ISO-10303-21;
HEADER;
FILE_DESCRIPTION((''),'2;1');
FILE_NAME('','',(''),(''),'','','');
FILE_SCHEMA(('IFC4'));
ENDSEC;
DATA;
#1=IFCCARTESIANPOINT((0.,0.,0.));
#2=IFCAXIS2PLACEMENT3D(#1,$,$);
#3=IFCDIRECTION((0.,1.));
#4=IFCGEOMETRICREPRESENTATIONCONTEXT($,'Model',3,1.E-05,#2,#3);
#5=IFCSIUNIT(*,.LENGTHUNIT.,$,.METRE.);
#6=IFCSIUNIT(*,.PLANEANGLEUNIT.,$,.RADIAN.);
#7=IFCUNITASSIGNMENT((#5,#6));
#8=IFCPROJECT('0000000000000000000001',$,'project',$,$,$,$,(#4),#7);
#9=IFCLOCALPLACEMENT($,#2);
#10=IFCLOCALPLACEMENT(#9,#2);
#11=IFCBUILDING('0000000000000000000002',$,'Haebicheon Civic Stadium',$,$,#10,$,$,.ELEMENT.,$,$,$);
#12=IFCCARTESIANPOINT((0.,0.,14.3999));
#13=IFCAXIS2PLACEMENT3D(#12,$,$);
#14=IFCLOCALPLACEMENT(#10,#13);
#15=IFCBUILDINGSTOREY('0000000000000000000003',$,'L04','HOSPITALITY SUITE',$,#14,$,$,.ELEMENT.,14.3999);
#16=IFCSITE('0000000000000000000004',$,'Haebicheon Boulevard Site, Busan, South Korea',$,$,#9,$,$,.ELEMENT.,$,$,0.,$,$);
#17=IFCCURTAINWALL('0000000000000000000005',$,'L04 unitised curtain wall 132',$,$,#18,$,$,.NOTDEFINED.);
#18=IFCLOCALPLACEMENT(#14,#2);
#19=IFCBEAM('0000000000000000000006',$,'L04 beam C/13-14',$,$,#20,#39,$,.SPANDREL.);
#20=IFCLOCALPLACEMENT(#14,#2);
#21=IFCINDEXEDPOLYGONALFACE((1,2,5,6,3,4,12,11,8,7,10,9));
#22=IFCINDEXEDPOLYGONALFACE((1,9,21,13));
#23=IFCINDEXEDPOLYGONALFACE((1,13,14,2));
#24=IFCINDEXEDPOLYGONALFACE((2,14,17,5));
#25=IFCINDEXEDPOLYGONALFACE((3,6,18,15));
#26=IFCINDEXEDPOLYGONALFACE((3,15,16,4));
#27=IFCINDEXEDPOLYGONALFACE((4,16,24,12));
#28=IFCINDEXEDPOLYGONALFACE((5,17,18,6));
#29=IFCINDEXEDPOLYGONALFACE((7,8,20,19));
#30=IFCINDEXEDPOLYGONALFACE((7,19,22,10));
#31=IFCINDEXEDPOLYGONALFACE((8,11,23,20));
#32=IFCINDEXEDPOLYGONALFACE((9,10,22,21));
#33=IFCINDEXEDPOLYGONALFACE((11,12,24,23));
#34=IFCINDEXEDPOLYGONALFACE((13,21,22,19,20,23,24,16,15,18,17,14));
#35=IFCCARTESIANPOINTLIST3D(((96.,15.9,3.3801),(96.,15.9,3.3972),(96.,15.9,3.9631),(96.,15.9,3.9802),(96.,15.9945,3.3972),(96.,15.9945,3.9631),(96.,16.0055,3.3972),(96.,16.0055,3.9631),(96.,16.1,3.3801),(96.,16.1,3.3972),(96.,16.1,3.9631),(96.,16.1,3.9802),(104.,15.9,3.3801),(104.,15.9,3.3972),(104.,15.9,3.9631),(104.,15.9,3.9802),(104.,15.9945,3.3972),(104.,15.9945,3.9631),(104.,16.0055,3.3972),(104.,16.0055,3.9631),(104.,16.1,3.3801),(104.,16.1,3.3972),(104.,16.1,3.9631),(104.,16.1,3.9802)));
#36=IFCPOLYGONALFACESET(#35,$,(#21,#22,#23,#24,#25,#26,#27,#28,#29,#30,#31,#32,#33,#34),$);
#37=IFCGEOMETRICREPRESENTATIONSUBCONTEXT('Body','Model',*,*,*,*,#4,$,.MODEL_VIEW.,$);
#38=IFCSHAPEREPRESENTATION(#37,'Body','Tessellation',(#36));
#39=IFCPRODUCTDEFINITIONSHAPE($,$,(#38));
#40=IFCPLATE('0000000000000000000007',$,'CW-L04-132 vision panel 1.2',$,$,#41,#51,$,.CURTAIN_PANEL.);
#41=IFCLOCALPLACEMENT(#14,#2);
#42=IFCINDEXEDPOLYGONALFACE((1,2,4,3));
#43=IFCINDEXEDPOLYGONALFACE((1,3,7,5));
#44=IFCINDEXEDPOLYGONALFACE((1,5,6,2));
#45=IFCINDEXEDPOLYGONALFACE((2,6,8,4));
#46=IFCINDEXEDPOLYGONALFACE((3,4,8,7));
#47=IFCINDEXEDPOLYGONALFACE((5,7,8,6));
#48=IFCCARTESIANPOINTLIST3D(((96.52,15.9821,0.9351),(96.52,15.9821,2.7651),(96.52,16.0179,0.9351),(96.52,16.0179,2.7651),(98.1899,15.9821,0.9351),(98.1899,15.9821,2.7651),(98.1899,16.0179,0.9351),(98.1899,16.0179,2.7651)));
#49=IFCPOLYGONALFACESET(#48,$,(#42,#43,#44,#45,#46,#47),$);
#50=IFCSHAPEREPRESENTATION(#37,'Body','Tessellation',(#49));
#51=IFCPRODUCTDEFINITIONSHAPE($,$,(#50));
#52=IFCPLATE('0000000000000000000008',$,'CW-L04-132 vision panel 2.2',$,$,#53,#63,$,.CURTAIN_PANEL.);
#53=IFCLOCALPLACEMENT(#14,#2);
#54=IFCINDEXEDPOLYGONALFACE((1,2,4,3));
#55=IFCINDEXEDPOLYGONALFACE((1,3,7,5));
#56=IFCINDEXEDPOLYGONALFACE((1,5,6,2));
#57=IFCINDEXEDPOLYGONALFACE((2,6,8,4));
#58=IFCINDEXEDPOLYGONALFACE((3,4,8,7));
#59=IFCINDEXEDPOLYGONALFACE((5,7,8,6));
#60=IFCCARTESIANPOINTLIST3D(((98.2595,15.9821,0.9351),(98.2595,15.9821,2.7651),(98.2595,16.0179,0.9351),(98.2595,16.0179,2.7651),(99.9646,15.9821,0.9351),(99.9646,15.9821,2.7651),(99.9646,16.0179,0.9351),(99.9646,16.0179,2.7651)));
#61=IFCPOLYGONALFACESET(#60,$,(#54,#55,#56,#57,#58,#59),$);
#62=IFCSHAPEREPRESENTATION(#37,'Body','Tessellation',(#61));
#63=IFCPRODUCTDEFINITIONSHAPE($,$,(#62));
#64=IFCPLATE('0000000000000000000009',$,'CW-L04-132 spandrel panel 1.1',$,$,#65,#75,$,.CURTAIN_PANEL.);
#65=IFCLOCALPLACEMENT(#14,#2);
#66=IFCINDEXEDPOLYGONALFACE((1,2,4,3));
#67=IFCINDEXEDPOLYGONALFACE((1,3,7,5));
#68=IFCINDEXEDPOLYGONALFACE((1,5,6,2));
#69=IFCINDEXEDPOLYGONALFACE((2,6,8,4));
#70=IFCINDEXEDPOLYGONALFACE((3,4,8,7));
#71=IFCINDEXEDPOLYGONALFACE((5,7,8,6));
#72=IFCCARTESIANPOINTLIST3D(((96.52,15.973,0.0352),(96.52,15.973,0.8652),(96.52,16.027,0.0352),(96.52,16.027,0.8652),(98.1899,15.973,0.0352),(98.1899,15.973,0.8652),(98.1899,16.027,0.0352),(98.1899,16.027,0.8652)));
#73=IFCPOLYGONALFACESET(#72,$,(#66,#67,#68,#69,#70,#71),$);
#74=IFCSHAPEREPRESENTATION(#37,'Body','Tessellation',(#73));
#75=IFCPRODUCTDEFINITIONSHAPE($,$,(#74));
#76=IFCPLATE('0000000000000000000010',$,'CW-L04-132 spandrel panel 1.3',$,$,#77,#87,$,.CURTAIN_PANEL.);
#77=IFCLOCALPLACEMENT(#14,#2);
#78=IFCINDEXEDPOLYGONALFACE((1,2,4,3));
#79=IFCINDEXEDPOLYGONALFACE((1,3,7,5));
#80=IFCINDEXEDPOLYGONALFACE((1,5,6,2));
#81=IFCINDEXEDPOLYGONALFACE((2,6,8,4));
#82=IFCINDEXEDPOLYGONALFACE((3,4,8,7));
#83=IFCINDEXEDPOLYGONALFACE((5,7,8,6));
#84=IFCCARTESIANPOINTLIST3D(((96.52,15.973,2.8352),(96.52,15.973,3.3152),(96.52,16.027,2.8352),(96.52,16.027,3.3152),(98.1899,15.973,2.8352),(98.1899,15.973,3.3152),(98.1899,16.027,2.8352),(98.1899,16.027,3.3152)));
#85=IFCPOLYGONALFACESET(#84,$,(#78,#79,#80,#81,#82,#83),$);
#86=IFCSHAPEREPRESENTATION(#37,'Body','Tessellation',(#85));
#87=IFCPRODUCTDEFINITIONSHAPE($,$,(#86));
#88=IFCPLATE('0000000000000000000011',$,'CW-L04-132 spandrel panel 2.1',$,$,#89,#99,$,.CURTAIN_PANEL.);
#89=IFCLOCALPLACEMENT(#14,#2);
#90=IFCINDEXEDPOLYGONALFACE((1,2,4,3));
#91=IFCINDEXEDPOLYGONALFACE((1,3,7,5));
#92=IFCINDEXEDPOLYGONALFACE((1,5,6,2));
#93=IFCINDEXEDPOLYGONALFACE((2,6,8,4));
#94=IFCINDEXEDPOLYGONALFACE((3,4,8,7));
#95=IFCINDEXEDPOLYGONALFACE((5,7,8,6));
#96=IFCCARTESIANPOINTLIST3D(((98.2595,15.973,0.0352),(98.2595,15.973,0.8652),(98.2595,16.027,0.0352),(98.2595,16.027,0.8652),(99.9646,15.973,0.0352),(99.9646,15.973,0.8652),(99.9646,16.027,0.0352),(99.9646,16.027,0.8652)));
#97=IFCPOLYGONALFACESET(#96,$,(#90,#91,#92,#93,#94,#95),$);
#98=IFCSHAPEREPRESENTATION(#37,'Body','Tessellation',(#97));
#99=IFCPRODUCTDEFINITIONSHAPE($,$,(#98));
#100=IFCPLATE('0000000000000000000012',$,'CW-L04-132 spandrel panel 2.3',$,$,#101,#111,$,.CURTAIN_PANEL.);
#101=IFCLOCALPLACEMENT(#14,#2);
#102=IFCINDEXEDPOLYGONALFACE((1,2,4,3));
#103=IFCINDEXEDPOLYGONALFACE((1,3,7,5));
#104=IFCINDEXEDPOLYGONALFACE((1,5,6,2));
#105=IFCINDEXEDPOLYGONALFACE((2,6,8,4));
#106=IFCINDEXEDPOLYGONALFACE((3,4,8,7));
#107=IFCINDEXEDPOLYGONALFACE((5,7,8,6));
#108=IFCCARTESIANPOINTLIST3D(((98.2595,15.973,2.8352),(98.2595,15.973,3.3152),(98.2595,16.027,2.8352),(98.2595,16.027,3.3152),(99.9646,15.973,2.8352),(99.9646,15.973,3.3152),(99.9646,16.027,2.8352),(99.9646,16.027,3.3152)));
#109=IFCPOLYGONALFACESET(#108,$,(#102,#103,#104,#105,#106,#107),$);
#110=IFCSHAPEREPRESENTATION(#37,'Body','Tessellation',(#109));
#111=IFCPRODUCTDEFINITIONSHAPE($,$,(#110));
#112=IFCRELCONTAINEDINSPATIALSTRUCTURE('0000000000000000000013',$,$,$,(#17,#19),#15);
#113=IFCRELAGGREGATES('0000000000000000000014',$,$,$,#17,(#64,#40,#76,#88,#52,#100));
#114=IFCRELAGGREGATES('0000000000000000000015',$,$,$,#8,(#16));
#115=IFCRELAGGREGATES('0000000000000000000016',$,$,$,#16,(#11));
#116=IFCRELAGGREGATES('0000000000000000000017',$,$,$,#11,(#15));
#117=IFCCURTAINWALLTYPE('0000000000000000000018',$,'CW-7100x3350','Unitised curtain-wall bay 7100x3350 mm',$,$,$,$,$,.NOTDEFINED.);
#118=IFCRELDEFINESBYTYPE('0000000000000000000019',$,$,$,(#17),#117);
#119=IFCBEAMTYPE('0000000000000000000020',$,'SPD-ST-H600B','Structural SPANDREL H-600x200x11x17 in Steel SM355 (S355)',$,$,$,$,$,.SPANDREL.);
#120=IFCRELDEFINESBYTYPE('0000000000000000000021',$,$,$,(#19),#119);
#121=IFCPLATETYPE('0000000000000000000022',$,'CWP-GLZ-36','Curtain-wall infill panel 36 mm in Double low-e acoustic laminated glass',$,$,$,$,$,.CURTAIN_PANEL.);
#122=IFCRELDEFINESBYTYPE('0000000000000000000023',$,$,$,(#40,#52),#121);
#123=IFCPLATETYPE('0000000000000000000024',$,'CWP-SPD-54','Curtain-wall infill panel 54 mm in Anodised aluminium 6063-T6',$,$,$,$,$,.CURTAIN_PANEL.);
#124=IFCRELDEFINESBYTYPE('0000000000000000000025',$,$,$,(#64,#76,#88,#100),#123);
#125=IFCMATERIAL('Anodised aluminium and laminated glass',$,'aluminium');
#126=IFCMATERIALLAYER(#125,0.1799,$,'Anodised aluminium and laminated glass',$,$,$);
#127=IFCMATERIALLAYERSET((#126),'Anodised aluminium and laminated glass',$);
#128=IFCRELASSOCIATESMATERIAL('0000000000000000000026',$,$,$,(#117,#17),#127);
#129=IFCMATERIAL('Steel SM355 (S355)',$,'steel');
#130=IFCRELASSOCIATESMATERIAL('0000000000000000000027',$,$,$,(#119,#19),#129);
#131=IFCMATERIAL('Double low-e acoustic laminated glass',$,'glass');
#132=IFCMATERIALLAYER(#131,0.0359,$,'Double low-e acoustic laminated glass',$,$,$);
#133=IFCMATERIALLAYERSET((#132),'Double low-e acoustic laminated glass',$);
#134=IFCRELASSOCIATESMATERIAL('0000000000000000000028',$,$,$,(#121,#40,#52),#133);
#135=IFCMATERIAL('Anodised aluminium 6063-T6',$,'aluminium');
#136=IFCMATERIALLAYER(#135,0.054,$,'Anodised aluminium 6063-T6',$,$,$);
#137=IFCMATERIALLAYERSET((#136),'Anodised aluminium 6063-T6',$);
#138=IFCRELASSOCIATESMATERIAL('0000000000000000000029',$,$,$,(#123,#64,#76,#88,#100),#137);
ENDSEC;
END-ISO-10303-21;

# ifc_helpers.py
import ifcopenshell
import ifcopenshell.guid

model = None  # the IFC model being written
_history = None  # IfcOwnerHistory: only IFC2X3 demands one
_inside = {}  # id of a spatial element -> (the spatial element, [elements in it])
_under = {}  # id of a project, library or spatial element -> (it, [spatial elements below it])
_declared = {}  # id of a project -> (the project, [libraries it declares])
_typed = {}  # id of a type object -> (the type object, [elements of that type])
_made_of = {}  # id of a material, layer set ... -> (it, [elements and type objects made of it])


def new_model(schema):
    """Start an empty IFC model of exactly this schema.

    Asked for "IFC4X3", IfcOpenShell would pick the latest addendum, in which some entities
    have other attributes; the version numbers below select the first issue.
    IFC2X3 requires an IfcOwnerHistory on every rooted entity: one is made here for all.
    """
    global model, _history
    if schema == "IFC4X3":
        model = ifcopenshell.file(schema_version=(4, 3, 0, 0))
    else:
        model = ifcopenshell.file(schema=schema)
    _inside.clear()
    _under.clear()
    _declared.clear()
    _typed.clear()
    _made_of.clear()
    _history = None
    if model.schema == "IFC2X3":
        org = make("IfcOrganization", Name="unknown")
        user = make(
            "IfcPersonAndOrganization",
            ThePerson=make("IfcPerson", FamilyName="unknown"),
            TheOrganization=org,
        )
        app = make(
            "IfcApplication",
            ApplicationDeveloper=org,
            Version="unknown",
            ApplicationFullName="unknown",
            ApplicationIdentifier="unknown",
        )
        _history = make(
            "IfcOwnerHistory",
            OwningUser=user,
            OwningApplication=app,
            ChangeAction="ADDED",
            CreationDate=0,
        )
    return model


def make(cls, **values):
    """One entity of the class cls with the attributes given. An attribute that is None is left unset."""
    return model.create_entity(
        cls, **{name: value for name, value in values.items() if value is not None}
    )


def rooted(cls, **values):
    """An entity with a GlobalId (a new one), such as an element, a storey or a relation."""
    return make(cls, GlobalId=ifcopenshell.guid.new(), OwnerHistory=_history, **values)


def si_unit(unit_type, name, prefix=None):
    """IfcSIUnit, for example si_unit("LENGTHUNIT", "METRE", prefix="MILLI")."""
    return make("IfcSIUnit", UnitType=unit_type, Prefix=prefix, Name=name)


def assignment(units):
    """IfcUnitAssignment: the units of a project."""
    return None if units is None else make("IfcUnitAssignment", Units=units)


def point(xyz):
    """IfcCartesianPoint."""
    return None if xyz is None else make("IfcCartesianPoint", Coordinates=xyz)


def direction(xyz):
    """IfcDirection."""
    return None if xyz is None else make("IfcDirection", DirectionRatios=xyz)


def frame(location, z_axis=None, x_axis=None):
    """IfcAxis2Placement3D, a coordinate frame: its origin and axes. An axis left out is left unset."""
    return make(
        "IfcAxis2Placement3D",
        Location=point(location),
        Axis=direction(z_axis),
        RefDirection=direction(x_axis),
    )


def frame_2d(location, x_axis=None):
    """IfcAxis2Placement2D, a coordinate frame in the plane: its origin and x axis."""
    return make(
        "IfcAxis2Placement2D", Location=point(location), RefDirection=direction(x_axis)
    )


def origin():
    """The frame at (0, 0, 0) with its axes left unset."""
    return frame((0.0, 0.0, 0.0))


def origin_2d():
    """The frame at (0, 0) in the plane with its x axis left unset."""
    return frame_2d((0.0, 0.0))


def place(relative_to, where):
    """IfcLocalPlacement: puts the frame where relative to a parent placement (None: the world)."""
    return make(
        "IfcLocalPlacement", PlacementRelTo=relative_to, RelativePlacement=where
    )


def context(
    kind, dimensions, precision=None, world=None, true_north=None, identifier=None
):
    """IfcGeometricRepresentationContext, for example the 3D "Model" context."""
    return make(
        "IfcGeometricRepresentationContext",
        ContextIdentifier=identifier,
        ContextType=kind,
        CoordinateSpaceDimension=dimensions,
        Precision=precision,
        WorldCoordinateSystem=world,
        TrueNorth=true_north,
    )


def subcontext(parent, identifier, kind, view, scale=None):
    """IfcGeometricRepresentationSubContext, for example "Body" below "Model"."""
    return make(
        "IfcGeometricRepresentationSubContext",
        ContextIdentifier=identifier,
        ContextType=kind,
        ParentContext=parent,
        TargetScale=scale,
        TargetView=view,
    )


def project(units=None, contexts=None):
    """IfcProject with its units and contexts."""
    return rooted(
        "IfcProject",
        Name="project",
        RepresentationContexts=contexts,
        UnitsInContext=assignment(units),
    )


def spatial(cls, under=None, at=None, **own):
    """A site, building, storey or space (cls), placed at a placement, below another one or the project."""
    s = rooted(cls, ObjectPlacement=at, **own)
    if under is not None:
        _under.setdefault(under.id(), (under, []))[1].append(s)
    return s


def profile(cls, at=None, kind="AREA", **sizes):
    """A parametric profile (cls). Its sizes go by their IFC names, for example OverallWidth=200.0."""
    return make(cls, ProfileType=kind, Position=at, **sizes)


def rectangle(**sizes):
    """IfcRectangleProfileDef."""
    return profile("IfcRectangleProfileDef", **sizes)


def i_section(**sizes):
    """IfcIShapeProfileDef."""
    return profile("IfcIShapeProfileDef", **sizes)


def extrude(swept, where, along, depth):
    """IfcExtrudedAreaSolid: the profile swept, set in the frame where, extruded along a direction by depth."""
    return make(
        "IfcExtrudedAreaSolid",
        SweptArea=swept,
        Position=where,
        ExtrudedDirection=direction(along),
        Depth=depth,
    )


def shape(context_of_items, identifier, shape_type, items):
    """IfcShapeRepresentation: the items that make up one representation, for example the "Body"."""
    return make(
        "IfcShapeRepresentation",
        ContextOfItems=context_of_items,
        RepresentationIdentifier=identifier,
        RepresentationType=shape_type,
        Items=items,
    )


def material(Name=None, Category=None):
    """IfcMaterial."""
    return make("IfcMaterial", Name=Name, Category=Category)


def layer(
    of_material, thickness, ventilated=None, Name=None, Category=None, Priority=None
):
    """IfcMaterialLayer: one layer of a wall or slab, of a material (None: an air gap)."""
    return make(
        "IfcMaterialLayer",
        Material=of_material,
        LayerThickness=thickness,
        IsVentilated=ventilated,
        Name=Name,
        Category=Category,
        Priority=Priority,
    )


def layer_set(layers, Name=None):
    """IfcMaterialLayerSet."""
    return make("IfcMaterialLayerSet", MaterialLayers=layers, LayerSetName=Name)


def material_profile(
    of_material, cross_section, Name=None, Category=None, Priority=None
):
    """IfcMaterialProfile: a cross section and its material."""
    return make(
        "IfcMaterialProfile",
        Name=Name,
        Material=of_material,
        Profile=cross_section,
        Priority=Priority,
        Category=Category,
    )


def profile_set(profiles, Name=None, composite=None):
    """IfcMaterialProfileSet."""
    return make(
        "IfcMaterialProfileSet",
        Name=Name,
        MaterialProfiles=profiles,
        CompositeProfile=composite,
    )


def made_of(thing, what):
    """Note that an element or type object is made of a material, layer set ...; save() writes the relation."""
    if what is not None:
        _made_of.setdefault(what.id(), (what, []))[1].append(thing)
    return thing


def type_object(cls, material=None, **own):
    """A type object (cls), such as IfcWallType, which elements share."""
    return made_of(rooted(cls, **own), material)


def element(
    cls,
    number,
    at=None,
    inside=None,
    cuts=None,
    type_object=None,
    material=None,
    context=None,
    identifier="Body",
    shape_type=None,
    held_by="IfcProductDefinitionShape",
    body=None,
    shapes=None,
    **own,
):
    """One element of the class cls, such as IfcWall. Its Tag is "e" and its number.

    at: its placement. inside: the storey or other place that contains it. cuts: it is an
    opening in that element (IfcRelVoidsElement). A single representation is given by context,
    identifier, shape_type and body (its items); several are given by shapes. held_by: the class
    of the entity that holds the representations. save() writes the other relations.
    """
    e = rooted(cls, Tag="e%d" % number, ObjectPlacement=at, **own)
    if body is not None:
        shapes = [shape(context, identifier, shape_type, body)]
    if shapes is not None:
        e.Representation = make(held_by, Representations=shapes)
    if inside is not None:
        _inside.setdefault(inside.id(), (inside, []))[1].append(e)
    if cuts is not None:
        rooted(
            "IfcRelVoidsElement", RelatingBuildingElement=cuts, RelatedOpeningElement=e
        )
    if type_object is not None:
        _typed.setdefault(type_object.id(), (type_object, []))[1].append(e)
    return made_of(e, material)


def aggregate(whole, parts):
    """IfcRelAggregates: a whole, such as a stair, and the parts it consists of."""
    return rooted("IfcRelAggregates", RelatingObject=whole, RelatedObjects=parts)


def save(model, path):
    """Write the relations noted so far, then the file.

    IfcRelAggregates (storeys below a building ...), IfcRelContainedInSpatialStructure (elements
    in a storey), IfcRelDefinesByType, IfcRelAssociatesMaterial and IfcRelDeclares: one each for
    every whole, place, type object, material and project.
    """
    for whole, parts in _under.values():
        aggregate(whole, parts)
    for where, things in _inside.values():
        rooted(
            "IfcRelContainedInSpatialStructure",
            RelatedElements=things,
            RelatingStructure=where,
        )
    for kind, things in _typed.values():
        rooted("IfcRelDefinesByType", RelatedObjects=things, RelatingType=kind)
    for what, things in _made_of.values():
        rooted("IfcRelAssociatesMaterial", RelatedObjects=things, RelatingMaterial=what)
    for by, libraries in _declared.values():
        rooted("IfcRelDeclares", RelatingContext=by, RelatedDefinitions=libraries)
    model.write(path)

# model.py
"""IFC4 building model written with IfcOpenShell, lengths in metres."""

from ifc_helpers import new_model, si_unit, direction, frame, origin, origin_2d, place, context, subcontext, project, spatial, rectangle, i_section, extrude, material, layer, layer_set, material_profile, profile_set, type_object, element, aggregate, save


model = new_model("IFC4")

# Units and contexts
model_context = context("Model", 3, precision=1e-05, world=origin(), true_north=direction((0.0, 1.0)))
body_context = subcontext(model_context, "Body", "Model", "MODEL_VIEW")
ifc_project = project(units=[si_unit("LENGTHUNIT", "METRE"), si_unit("PLANEANGLEUNIT", "RADIAN")], contexts=[model_context])

# Site, building, storey
site_placement = place(None, origin())
site = spatial("IfcSite", under=ifc_project, at=site_placement, Name="Haebicheon Boulevard Site, Busan, South Korea", CompositionType="ELEMENT", RefElevation=0.0)
building_placement = place(site_placement, origin())
building = spatial("IfcBuilding", under=site, at=building_placement, Name="Haebicheon Civic Stadium", CompositionType="ELEMENT")
storey_placement = place(building_placement, frame((0.0, 0.0, 14.3999)))
storey = spatial("IfcBuildingStorey", under=building, at=storey_placement, Name="L04", Description="HOSPITALITY SUITE", CompositionType="ELEMENT", Elevation=14.3999)

# Curtain wall
ifc_material_1 = material(Name="Anodised aluminium and laminated glass", Category="aluminium")
ifc_layer_1 = layer(ifc_material_1, 0.1799, Name="Anodised aluminium and laminated glass")
ifc_layer_set_1 = layer_set([ifc_layer_1], Name="Anodised aluminium and laminated glass")
curtain_wall_type = type_object("IfcCurtainWallType", Name="CW-7100x3350", Description="Unitised curtain-wall bay 7100x3350 mm", PredefinedType="NOTDEFINED", material=ifc_layer_set_1)
curtain_wall_placement = place(storey_placement, origin())
curtain_wall = element("IfcCurtainWall", 1, at=curtain_wall_placement, inside=storey, type_object=curtain_wall_type, material=ifc_layer_set_1, Name="L04 unitised curtain wall 132", PredefinedType="NOTDEFINED")

# Beam
ifc_material_2 = material(Name="Steel SM355 (S355)", Category="steel")
ifc_material_profile_1 = material_profile(ifc_material_2, i_section(OverallWidth=0.2, OverallDepth=0.6001, WebThickness=0.011, FlangeThickness=0.0171, at=origin_2d()), Name="H-600x200x11x17")
ifc_profile_set_1 = profile_set([ifc_material_profile_1], Name="Steel SM355 (S355)")
beam_type_1 = type_object("IfcBeamType", Name="SPD-ST-H600B", Description="Structural SPANDREL H-600x200x11x17 in Steel SM355 (S355)", PredefinedType="SPANDREL", material=ifc_profile_set_1)
beam_1_placement = place(storey_placement, frame((96.0, 16.0, 3.6802), z_axis=(1.0, 0.0, 0.0), x_axis=(0.0, 1.0, 0.0)))
element("IfcBeam", 2, at=beam_1_placement, inside=storey, type_object=beam_type_1, material=ifc_profile_set_1, Name="L04 beam C/13-14", PredefinedType="SPANDREL", context=body_context, shape_type="SweptSolid", body=[
    extrude(i_section(OverallWidth=0.2, OverallDepth=0.6001, WebThickness=0.011, FlangeThickness=0.0171, at=origin_2d()), origin(), (0.0, 0.0, 1.0), 8.0),
])

# Plates
ifc_material_3 = material(Name="Double low-e acoustic laminated glass", Category="glass")
ifc_layer_2 = layer(ifc_material_3, 0.0359, Name="Double low-e acoustic laminated glass")
ifc_layer_set_2 = layer_set([ifc_layer_2], Name="Double low-e acoustic laminated glass")
plate_type_1 = type_object("IfcPlateType", Name="CWP-GLZ-36", Description="Curtain-wall infill panel 36 mm in Double low-e acoustic laminated glass", PredefinedType="CURTAIN_PANEL", material=ifc_layer_set_2)
plate_1_placement = place(storey_placement, frame((97.355, 16.0, 0.9351), z_axis=(0.0, 0.0, 1.0), x_axis=(1.0, 0.0, 0.0)))
plate_1 = element("IfcPlate", 3, at=plate_1_placement, type_object=plate_type_1, material=ifc_layer_set_2, Name="CW-L04-132 vision panel 1.2", PredefinedType="CURTAIN_PANEL", context=body_context, shape_type="SweptSolid", body=[
    extrude(rectangle(XDim=1.6699, YDim=0.0359, at=origin_2d()), origin(), (0.0, 0.0, 1.0), 1.8301),
])
plate_2_placement = place(storey_placement, frame((99.1121, 16.0, 0.9351), z_axis=(0.0, 0.0, 1.0), x_axis=(1.0, 0.0, 0.0)))
plate_2 = element("IfcPlate", 4, at=plate_2_placement, type_object=plate_type_1, material=ifc_layer_set_2, Name="CW-L04-132 vision panel 2.2", PredefinedType="CURTAIN_PANEL", context=body_context, shape_type="SweptSolid", body=[
    extrude(rectangle(XDim=1.7051, YDim=0.0359, at=origin_2d()), origin(), (0.0, 0.0, 1.0), 1.8301),
])
ifc_material_4 = material(Name="Anodised aluminium 6063-T6", Category="aluminium")
ifc_layer_3 = layer(ifc_material_4, 0.054, Name="Anodised aluminium 6063-T6")
ifc_layer_set_3 = layer_set([ifc_layer_3], Name="Anodised aluminium 6063-T6")
plate_type_2 = type_object("IfcPlateType", Name="CWP-SPD-54", Description="Curtain-wall infill panel 54 mm in Anodised aluminium 6063-T6", PredefinedType="CURTAIN_PANEL", material=ifc_layer_set_3)
plate_3_placement = place(storey_placement, frame((97.355, 16.0, 0.0352), z_axis=(0.0, 0.0, 1.0), x_axis=(1.0, 0.0, 0.0)))
plate_3 = element("IfcPlate", 5, at=plate_3_placement, type_object=plate_type_2, material=ifc_layer_set_3, Name="CW-L04-132 spandrel panel 1.1", PredefinedType="CURTAIN_PANEL", context=body_context, shape_type="SweptSolid", body=[
    extrude(rectangle(XDim=1.6699, YDim=0.054, at=origin_2d()), origin(), (0.0, 0.0, 1.0), 0.8301),
])
plate_4_placement = place(storey_placement, frame((97.355, 16.0, 2.8352), z_axis=(0.0, 0.0, 1.0), x_axis=(1.0, 0.0, 0.0)))
plate_4 = element("IfcPlate", 6, at=plate_4_placement, type_object=plate_type_2, material=ifc_layer_set_3, Name="CW-L04-132 spandrel panel 1.3", PredefinedType="CURTAIN_PANEL", context=body_context, shape_type="SweptSolid", body=[
    extrude(rectangle(XDim=1.6699, YDim=0.054, at=origin_2d()), origin(), (0.0, 0.0, 1.0), 0.48),
])
plate_5_placement = place(storey_placement, frame((99.1121, 16.0, 0.0352), z_axis=(0.0, 0.0, 1.0), x_axis=(1.0, 0.0, 0.0)))
plate_5 = element("IfcPlate", 7, at=plate_5_placement, type_object=plate_type_2, material=ifc_layer_set_3, Name="CW-L04-132 spandrel panel 2.1", PredefinedType="CURTAIN_PANEL", context=body_context, shape_type="SweptSolid", body=[
    extrude(rectangle(XDim=1.7051, YDim=0.054, at=origin_2d()), origin(), (0.0, 0.0, 1.0), 0.8301),
])
plate_6_placement = place(storey_placement, frame((99.1121, 16.0, 2.8352), z_axis=(0.0, 0.0, 1.0), x_axis=(1.0, 0.0, 0.0)))
plate_6 = element("IfcPlate", 8, at=plate_6_placement, type_object=plate_type_2, material=ifc_layer_set_3, Name="CW-L04-132 spandrel panel 2.3", PredefinedType="CURTAIN_PANEL", context=body_context, shape_type="SweptSolid", body=[
    extrude(rectangle(XDim=1.7051, YDim=0.054, at=origin_2d()), origin(), (0.0, 0.0, 1.0), 0.48),
])
aggregate(curtain_wall, [plate_3, plate_1, plate_4, plate_5, plate_2, plate_6])

save(model, "model.ifc")
